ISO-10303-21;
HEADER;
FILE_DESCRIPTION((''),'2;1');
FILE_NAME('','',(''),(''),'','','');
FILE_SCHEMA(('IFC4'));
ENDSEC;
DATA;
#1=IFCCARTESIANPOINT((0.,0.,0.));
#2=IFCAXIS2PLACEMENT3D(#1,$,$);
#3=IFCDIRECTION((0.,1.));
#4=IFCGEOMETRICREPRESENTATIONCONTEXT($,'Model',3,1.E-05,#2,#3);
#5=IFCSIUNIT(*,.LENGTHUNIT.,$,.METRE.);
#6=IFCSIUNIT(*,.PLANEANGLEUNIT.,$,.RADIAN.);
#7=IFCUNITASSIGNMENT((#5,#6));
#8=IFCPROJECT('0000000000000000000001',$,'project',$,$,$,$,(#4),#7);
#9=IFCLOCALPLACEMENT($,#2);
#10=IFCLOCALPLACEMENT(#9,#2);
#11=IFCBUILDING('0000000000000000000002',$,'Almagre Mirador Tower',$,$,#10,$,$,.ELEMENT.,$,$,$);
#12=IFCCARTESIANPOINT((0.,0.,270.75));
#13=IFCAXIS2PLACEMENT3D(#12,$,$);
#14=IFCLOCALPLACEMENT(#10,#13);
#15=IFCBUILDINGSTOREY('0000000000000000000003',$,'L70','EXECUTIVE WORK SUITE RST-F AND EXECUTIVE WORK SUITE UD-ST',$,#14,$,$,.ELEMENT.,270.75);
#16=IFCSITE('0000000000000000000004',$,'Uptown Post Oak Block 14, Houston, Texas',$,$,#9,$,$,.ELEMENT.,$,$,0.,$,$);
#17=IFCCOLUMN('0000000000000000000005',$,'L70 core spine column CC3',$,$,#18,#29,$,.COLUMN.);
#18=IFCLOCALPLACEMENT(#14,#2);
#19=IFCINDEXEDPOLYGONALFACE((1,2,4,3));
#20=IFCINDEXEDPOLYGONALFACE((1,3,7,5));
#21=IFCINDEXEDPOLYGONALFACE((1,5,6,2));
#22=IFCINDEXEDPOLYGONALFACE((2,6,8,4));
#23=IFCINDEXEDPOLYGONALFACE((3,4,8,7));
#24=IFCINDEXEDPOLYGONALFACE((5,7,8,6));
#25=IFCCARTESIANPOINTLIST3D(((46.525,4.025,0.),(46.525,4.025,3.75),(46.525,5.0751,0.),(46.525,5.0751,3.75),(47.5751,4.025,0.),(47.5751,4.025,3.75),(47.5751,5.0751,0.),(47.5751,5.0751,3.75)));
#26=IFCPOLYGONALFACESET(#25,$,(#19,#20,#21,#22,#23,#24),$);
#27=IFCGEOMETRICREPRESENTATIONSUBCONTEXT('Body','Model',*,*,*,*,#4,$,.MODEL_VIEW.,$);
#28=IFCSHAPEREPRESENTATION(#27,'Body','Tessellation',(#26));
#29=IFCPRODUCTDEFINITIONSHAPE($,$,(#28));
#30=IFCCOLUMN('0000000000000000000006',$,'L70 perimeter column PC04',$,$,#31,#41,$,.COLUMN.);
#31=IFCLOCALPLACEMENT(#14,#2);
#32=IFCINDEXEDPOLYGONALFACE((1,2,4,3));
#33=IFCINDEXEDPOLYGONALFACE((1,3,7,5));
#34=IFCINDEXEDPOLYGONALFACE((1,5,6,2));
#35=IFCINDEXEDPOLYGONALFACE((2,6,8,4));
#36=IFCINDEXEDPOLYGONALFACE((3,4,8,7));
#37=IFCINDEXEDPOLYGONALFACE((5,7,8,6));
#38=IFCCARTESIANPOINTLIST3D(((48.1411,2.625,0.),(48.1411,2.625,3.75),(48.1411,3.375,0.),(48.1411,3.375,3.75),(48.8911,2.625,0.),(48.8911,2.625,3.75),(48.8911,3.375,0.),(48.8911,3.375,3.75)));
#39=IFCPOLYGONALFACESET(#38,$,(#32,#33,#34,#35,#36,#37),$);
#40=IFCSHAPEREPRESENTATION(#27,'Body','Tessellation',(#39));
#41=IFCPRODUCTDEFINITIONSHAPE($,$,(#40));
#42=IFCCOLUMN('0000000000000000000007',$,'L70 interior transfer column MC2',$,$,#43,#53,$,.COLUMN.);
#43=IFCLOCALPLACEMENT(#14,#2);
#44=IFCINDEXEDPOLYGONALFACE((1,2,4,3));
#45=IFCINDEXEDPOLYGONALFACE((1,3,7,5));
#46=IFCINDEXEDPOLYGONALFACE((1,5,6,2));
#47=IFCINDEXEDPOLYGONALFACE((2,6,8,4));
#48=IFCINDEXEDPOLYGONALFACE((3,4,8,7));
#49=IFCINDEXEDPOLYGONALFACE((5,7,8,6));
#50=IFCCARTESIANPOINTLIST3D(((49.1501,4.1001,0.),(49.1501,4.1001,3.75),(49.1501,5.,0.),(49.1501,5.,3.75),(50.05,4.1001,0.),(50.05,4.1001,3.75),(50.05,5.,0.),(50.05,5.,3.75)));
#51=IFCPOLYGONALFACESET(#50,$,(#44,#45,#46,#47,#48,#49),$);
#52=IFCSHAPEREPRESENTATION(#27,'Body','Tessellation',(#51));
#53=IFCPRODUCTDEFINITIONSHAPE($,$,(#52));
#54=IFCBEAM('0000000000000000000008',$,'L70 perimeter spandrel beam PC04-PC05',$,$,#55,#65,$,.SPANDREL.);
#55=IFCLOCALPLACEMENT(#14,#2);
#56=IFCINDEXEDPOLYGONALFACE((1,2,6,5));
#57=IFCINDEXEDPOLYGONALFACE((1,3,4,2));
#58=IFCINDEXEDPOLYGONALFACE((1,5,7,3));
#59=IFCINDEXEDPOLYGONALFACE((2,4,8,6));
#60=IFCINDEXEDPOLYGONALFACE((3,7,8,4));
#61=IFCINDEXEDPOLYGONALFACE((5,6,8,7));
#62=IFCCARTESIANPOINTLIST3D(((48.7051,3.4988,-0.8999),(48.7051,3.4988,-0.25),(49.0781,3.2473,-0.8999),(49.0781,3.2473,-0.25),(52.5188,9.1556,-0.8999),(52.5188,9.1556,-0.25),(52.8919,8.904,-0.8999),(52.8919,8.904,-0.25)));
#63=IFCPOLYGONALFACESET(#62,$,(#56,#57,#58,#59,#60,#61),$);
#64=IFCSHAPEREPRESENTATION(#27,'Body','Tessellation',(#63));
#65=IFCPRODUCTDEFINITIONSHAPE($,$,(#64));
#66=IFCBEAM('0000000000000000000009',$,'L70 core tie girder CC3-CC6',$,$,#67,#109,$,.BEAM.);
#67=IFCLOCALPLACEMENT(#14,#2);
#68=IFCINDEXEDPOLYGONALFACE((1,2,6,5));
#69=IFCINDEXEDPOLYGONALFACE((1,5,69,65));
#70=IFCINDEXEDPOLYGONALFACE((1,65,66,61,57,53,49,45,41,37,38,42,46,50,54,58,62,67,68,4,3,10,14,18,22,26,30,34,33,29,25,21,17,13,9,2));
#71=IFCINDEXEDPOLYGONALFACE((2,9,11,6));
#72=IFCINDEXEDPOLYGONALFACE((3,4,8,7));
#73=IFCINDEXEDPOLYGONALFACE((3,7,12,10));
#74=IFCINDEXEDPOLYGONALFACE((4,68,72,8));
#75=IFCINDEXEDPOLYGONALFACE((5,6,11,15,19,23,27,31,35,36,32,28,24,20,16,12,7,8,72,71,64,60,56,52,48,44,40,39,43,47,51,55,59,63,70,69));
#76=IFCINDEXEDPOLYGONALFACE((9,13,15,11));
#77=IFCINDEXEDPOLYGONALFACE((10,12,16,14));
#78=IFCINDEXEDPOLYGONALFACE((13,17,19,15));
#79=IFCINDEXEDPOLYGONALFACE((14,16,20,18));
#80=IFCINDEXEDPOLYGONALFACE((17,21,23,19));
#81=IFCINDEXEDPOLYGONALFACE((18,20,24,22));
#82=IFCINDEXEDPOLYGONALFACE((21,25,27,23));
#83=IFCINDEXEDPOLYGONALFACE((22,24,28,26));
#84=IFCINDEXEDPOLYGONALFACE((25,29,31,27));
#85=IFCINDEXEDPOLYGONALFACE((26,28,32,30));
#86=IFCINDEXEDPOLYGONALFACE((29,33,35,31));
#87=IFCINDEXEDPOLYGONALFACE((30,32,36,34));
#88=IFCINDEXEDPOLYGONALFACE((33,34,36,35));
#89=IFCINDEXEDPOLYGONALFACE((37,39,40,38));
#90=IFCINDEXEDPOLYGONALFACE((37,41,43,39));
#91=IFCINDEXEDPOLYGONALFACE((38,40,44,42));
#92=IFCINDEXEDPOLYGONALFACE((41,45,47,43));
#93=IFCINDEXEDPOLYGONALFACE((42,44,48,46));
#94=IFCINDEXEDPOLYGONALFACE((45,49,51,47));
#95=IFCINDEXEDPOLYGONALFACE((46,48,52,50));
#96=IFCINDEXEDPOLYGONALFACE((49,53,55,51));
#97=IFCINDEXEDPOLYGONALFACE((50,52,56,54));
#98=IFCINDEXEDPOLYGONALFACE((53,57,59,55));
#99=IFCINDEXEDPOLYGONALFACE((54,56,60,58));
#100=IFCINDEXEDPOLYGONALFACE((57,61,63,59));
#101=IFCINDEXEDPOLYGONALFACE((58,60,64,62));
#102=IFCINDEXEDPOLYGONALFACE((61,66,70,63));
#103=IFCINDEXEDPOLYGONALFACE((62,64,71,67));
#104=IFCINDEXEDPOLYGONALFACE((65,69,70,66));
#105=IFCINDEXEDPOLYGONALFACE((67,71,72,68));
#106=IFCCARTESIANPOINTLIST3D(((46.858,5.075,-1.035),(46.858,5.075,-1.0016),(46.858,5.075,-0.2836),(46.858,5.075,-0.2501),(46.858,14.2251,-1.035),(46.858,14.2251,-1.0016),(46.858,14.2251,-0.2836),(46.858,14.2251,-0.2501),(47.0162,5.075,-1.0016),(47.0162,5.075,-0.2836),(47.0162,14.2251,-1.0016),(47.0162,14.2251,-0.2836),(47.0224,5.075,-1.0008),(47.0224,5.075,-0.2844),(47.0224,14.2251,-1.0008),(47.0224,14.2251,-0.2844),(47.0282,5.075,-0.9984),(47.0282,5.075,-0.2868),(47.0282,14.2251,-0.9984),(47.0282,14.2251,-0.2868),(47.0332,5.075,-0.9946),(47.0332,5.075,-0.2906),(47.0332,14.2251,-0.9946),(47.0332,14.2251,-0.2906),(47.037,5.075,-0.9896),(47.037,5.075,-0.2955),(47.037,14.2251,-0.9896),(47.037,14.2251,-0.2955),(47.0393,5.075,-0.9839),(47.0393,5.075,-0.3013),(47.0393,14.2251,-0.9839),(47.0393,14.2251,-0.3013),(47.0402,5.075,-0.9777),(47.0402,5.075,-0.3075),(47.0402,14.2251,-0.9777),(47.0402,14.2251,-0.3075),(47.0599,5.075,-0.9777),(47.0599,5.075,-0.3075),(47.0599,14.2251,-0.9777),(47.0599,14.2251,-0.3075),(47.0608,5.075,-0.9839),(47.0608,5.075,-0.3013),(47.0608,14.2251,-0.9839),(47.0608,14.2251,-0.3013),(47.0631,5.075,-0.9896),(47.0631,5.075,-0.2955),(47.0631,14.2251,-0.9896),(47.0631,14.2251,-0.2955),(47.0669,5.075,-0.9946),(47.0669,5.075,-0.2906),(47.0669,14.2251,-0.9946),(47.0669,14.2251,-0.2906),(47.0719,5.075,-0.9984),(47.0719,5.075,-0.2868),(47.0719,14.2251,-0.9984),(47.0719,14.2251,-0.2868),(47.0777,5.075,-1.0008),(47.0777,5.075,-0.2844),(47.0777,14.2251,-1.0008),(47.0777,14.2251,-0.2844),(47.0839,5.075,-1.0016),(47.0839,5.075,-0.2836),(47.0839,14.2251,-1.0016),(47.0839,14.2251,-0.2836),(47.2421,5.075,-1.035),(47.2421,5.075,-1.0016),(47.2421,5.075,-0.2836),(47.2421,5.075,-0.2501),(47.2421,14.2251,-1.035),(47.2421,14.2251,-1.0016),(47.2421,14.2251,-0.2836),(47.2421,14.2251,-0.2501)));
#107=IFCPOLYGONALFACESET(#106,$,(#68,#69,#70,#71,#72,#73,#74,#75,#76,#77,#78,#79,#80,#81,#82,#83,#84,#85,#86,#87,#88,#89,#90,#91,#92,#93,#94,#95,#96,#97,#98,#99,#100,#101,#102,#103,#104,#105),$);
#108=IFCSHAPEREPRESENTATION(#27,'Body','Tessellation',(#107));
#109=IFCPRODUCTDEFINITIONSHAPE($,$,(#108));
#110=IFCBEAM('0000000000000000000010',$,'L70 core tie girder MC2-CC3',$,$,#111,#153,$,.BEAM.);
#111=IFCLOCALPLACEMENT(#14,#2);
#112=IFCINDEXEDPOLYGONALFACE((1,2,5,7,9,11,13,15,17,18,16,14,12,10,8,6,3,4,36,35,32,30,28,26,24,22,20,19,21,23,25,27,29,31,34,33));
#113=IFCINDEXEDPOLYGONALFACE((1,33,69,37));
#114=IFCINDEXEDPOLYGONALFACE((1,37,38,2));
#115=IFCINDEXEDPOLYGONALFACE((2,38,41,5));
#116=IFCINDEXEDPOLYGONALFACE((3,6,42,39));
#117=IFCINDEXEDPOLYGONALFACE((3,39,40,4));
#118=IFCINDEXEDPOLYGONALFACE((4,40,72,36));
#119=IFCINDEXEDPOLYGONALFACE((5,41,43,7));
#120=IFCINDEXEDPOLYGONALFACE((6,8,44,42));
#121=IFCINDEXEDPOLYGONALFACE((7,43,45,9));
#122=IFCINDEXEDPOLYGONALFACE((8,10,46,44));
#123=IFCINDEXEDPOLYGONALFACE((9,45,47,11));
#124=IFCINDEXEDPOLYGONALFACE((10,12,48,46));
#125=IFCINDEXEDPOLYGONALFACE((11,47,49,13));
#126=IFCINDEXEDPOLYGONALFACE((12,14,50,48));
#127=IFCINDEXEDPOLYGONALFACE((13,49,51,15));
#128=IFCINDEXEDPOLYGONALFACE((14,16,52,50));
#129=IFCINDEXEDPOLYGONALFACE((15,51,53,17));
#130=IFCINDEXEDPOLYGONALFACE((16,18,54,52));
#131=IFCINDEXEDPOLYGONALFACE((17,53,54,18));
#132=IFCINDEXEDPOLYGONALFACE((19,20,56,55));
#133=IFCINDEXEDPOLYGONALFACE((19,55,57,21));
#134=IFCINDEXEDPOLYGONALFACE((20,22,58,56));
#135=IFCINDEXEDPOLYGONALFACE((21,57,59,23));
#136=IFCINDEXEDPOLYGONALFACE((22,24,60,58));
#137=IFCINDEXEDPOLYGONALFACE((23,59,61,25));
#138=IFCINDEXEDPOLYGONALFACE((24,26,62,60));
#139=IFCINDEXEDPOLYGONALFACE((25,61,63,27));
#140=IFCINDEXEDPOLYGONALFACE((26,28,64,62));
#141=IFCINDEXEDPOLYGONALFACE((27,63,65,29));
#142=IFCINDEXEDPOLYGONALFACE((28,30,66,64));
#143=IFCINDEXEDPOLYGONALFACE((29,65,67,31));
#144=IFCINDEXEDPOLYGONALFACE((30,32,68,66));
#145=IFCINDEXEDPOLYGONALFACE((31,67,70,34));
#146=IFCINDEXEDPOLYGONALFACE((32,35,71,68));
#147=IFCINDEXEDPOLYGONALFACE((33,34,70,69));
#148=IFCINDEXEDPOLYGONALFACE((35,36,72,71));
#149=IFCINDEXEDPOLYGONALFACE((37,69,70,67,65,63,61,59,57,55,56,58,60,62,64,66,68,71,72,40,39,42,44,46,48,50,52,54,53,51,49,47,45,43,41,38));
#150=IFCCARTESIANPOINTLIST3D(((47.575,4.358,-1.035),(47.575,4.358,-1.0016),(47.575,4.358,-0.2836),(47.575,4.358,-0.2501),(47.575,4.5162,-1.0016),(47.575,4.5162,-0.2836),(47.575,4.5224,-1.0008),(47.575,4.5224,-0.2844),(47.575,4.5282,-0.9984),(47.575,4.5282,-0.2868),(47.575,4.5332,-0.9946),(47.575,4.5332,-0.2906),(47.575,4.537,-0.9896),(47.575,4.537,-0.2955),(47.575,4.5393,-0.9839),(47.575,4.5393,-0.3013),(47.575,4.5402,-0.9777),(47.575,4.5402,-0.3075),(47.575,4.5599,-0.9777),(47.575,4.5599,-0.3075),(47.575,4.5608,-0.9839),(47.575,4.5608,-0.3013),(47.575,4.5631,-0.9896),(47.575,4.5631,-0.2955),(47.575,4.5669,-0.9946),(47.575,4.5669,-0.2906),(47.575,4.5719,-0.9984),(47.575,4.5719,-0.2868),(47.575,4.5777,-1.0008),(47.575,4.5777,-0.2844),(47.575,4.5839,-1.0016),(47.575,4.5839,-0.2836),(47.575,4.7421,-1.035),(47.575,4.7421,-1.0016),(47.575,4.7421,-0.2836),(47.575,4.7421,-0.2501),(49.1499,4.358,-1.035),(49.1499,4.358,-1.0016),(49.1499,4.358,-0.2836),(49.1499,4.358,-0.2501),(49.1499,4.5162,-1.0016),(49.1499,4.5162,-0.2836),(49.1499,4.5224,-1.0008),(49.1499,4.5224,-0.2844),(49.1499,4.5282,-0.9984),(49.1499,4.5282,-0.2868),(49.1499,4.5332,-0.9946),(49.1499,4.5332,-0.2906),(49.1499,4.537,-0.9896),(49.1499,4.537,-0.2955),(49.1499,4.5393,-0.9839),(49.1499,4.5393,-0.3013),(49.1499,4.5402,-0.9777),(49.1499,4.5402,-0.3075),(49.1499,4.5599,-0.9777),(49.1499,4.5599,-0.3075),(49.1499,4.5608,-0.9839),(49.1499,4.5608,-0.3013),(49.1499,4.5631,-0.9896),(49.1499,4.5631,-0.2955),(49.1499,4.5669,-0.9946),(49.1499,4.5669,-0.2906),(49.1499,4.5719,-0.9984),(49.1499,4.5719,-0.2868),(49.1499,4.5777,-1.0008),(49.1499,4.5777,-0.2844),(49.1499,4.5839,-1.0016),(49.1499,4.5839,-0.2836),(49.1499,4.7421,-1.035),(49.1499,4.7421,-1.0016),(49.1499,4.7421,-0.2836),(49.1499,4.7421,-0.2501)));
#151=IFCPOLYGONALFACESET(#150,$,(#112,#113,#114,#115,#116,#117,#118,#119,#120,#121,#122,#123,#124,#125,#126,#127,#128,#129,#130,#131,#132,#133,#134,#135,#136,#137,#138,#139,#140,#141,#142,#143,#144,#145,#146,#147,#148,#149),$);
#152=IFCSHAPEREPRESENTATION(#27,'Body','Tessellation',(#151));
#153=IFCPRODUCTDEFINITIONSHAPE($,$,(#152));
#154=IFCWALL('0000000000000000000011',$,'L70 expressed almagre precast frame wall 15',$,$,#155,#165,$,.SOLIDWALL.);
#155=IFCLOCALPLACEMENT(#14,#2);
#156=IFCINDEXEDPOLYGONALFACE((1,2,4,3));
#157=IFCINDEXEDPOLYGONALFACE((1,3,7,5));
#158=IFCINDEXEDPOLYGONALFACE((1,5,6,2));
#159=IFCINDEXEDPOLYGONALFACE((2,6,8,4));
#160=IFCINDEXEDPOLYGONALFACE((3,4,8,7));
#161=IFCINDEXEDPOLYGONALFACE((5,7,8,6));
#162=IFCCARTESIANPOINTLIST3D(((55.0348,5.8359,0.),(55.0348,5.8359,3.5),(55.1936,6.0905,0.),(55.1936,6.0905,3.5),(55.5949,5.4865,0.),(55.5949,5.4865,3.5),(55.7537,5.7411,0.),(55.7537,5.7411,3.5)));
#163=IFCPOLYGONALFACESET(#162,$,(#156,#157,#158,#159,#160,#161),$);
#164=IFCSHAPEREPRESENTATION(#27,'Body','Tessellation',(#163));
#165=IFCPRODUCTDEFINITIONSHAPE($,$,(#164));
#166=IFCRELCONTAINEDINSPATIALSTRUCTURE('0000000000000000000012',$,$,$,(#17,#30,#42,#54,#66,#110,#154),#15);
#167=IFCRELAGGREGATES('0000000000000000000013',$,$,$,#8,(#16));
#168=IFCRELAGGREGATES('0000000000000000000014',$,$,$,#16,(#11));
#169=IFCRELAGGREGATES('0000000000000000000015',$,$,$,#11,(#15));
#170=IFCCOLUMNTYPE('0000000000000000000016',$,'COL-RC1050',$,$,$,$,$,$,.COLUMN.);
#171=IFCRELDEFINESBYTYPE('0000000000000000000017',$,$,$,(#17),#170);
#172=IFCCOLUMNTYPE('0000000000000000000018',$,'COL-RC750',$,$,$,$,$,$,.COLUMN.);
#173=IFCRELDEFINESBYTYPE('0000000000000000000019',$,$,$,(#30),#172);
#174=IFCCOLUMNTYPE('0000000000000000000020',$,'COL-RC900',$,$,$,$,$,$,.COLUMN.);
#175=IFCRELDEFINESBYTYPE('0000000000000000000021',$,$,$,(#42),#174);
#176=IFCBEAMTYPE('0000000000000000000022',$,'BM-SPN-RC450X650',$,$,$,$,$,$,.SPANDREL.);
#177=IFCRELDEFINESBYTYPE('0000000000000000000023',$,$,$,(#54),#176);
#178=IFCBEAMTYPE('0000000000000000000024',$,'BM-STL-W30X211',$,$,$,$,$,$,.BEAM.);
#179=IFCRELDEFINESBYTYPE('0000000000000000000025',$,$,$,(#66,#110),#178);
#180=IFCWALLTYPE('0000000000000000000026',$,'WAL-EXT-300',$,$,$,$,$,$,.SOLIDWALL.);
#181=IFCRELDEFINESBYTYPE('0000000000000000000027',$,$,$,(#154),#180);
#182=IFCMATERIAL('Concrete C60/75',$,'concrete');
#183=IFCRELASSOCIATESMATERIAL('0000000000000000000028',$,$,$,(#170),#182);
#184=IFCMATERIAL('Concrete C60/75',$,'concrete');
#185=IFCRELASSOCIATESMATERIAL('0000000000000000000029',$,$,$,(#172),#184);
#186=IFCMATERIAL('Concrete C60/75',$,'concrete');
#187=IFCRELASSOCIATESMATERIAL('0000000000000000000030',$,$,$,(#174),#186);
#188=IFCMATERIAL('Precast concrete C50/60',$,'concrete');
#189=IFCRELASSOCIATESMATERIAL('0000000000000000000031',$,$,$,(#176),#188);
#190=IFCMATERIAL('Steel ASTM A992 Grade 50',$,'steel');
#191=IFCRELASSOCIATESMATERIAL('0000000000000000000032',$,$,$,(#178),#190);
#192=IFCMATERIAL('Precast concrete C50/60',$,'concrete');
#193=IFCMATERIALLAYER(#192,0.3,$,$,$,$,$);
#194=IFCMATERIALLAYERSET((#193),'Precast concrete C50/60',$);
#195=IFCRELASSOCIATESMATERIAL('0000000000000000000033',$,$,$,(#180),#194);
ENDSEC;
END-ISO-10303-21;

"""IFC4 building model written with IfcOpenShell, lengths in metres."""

from ifc_helpers import new_model, si_unit, direction, frame, frame_2d, origin, origin_2d, place, context, subcontext, project, spatial, rectangle, i_section, extrude, material, layer, layer_set, material_profile, profile_set, type_object, element, save


model = new_model("IFC4")

# Units and contexts
model_context = context("Model", 3, precision=1e-05, world=origin(), true_north=direction((0.0, 1.0)))
body_context = subcontext(model_context, "Body", "Model", "MODEL_VIEW")
ifc_project = project(units=[si_unit("LENGTHUNIT", "METRE"), si_unit("PLANEANGLEUNIT", "RADIAN")], contexts=[model_context])

# Site, building, storey
site_placement = place(None, origin())
site = spatial("IfcSite", under=ifc_project, at=site_placement, Name="Uptown Post Oak Block 14, Houston, Texas", CompositionType="ELEMENT", RefElevation=0.0)
building_placement = place(site_placement, origin())
building = spatial("IfcBuilding", under=site, at=building_placement, Name="Almagre Mirador Tower", CompositionType="ELEMENT")
storey_placement = place(building_placement, frame((0.0, 0.0, 270.75)))
storey = spatial("IfcBuildingStorey", under=building, at=storey_placement, Name="L70", Description="EXECUTIVE WORK SUITE RST-F AND EXECUTIVE WORK SUITE UD-ST", CompositionType="ELEMENT", Elevation=270.75)

# Columns
ifc_material_1 = material(Name="Concrete C60/75", Category="concrete")
ifc_material_profile_1 = material_profile(ifc_material_1, rectangle(XDim=1.05, YDim=1.05, at=origin_2d()), Name="RC1050X1050")
ifc_profile_set_1 = profile_set([ifc_material_profile_1], Name="Concrete C60/75")
column_type_1 = type_object("IfcColumnType", Name="COL-RC1050", PredefinedType="COLUMN", material=ifc_profile_set_1)
column_1_placement = place(storey_placement, frame((47.05, 4.55, 0.0), z_axis=(0.0, 0.0, 1.0), x_axis=(1.0, 0.0, 0.0)))
element("IfcColumn", 1, at=column_1_placement, inside=storey, type_object=column_type_1, Name="L70 core spine column CC3", PredefinedType="COLUMN", context=body_context, shape_type="SweptSolid", body=[
    extrude(rectangle(XDim=1.05, YDim=1.05, at=origin_2d()), origin(), (0.0, 0.0, 1.0), 3.75),
])
ifc_material_2 = material(Name="Concrete C60/75", Category="concrete")
ifc_material_profile_2 = material_profile(ifc_material_2, rectangle(XDim=0.75, YDim=0.75, at=origin_2d()), Name="RC750X750")
ifc_profile_set_2 = profile_set([ifc_material_profile_2], Name="Concrete C60/75")
column_type_2 = type_object("IfcColumnType", Name="COL-RC750", PredefinedType="COLUMN", material=ifc_profile_set_2)
column_2_placement = place(storey_placement, frame((48.5161, 3.0, 0.0), z_axis=(0.0, 0.0, 1.0), x_axis=(1.0, 0.0, 0.0)))
element("IfcColumn", 2, at=column_2_placement, inside=storey, type_object=column_type_2, Name="L70 perimeter column PC04", PredefinedType="COLUMN", context=body_context, shape_type="SweptSolid", body=[
    extrude(rectangle(XDim=0.75, YDim=0.75, at=origin_2d()), origin(), (0.0, 0.0, 1.0), 3.75),
])
ifc_material_3 = material(Name="Concrete C60/75", Category="concrete")
ifc_material_profile_3 = material_profile(ifc_material_3, rectangle(XDim=0.8999, YDim=0.8999, at=origin_2d()), Name="RC900X900")
ifc_profile_set_3 = profile_set([ifc_material_profile_3], Name="Concrete C60/75")
column_type_3 = type_object("IfcColumnType", Name="COL-RC900", PredefinedType="COLUMN", material=ifc_profile_set_3)
column_3_placement = place(storey_placement, frame((49.6001, 4.55, 0.0), z_axis=(0.0, 0.0, 1.0), x_axis=(1.0, 0.0, 0.0)))
element("IfcColumn", 3, at=column_3_placement, inside=storey, type_object=column_type_3, Name="L70 interior transfer column MC2", PredefinedType="COLUMN", context=body_context, shape_type="SweptSolid", body=[
    extrude(rectangle(XDim=0.8999, YDim=0.8999, at=origin_2d()), origin(), (0.0, 0.0, 1.0), 3.75),
])

# Beams
ifc_material_4 = material(Name="Precast concrete C50/60", Category="concrete")
ifc_material_profile_4 = material_profile(ifc_material_4, rectangle(XDim=0.45, YDim=0.6499, at=origin_2d()), Name="RC450X650")
ifc_profile_set_4 = profile_set([ifc_material_profile_4], Name="Precast concrete C50/60")
beam_type_1 = type_object("IfcBeamType", Name="BM-SPN-RC450X650", PredefinedType="SPANDREL", material=ifc_profile_set_4)
beam_1_placement = place(storey_placement, frame((48.8916, 3.373, -0.575), z_axis=(0.559012, 0.82916, 0.0), x_axis=(-0.82916, 0.559012, 0.0)))
element("IfcBeam", 4, at=beam_1_placement, inside=storey, type_object=beam_type_1, Name="L70 perimeter spandrel beam PC04-PC05", PredefinedType="SPANDREL", context=body_context, shape_type="SweptSolid", body=[
    extrude(rectangle(XDim=0.45, YDim=0.6499, at=origin_2d()), origin(), (0.0, 0.0, 1.0), 6.8223),
])
ifc_material_5 = material(Name="Steel ASTM A992 Grade 50", Category="steel")
ifc_material_profile_5 = material_profile(ifc_material_5, i_section(OverallWidth=0.384, OverallDepth=0.7849, WebThickness=0.0198, FlangeThickness=0.0334, FilletRadius=0.0239, at=origin_2d()), Name="W30X211")
ifc_profile_set_5 = profile_set([ifc_material_profile_5], Name="Steel ASTM A992 Grade 50")
beam_type_2 = type_object("IfcBeamType", Name="BM-STL-W30X211", PredefinedType="BEAM", material=ifc_profile_set_5)
beam_2_placement = place(storey_placement, frame((47.05, 5.075, -0.6426), z_axis=(0.0, 1.0, 0.0), x_axis=(-1.0, 0.0, 0.0)))
element("IfcBeam", 5, at=beam_2_placement, inside=storey, type_object=beam_type_2, Name="L70 core tie girder CC3-CC6", PredefinedType="BEAM", context=body_context, shape_type="SweptSolid", body=[
    extrude(i_section(OverallWidth=0.384, OverallDepth=0.7849, WebThickness=0.0198, FlangeThickness=0.0334, FilletRadius=0.0239, at=origin_2d()), origin(), (0.0, 0.0, 1.0), 9.1501),
])
beam_3_placement = place(storey_placement, frame((49.1499, 4.55, -0.6426), z_axis=(-1.0, 0.0, 0.0), x_axis=(0.0, -1.0, 0.0)))
element("IfcBeam", 6, at=beam_3_placement, inside=storey, type_object=beam_type_2, Name="L70 core tie girder MC2-CC3", PredefinedType="BEAM", context=body_context, shape_type="SweptSolid", body=[
    extrude(i_section(OverallWidth=0.384, OverallDepth=0.7849, WebThickness=0.0198, FlangeThickness=0.0334, FilletRadius=0.0239, at=origin_2d()), origin(), (0.0, 0.0, 1.0), 1.575),
])

# Wall
ifc_material_6 = material(Name="Precast concrete C50/60", Category="concrete")
ifc_layer_1 = layer(ifc_material_6, 0.3)
ifc_layer_set_1 = layer_set([ifc_layer_1], Name="Precast concrete C50/60")
wall_type_1 = type_object("IfcWallType", Name="WAL-EXT-300", PredefinedType="SOLIDWALL", material=ifc_layer_set_1)
wall_1_placement = place(storey_placement, frame((55.6743, 5.6138, 0.0), z_axis=(0.0, 0.0, 1.0), x_axis=(-0.848455, 0.529267, 0.0)))
element("IfcWall", 7, at=wall_1_placement, inside=storey, type_object=wall_type_1, Name="L70 expressed almagre precast frame wall 15", PredefinedType="SOLIDWALL", context=body_context, shape_type="SweptSolid", body=[
    extrude(rectangle(XDim=0.6602, YDim=0.3, at=frame_2d((0.3301, 0.0))), origin(), (0.0, 0.0, 1.0), 3.5),
])

save(model, "model.ifc")
